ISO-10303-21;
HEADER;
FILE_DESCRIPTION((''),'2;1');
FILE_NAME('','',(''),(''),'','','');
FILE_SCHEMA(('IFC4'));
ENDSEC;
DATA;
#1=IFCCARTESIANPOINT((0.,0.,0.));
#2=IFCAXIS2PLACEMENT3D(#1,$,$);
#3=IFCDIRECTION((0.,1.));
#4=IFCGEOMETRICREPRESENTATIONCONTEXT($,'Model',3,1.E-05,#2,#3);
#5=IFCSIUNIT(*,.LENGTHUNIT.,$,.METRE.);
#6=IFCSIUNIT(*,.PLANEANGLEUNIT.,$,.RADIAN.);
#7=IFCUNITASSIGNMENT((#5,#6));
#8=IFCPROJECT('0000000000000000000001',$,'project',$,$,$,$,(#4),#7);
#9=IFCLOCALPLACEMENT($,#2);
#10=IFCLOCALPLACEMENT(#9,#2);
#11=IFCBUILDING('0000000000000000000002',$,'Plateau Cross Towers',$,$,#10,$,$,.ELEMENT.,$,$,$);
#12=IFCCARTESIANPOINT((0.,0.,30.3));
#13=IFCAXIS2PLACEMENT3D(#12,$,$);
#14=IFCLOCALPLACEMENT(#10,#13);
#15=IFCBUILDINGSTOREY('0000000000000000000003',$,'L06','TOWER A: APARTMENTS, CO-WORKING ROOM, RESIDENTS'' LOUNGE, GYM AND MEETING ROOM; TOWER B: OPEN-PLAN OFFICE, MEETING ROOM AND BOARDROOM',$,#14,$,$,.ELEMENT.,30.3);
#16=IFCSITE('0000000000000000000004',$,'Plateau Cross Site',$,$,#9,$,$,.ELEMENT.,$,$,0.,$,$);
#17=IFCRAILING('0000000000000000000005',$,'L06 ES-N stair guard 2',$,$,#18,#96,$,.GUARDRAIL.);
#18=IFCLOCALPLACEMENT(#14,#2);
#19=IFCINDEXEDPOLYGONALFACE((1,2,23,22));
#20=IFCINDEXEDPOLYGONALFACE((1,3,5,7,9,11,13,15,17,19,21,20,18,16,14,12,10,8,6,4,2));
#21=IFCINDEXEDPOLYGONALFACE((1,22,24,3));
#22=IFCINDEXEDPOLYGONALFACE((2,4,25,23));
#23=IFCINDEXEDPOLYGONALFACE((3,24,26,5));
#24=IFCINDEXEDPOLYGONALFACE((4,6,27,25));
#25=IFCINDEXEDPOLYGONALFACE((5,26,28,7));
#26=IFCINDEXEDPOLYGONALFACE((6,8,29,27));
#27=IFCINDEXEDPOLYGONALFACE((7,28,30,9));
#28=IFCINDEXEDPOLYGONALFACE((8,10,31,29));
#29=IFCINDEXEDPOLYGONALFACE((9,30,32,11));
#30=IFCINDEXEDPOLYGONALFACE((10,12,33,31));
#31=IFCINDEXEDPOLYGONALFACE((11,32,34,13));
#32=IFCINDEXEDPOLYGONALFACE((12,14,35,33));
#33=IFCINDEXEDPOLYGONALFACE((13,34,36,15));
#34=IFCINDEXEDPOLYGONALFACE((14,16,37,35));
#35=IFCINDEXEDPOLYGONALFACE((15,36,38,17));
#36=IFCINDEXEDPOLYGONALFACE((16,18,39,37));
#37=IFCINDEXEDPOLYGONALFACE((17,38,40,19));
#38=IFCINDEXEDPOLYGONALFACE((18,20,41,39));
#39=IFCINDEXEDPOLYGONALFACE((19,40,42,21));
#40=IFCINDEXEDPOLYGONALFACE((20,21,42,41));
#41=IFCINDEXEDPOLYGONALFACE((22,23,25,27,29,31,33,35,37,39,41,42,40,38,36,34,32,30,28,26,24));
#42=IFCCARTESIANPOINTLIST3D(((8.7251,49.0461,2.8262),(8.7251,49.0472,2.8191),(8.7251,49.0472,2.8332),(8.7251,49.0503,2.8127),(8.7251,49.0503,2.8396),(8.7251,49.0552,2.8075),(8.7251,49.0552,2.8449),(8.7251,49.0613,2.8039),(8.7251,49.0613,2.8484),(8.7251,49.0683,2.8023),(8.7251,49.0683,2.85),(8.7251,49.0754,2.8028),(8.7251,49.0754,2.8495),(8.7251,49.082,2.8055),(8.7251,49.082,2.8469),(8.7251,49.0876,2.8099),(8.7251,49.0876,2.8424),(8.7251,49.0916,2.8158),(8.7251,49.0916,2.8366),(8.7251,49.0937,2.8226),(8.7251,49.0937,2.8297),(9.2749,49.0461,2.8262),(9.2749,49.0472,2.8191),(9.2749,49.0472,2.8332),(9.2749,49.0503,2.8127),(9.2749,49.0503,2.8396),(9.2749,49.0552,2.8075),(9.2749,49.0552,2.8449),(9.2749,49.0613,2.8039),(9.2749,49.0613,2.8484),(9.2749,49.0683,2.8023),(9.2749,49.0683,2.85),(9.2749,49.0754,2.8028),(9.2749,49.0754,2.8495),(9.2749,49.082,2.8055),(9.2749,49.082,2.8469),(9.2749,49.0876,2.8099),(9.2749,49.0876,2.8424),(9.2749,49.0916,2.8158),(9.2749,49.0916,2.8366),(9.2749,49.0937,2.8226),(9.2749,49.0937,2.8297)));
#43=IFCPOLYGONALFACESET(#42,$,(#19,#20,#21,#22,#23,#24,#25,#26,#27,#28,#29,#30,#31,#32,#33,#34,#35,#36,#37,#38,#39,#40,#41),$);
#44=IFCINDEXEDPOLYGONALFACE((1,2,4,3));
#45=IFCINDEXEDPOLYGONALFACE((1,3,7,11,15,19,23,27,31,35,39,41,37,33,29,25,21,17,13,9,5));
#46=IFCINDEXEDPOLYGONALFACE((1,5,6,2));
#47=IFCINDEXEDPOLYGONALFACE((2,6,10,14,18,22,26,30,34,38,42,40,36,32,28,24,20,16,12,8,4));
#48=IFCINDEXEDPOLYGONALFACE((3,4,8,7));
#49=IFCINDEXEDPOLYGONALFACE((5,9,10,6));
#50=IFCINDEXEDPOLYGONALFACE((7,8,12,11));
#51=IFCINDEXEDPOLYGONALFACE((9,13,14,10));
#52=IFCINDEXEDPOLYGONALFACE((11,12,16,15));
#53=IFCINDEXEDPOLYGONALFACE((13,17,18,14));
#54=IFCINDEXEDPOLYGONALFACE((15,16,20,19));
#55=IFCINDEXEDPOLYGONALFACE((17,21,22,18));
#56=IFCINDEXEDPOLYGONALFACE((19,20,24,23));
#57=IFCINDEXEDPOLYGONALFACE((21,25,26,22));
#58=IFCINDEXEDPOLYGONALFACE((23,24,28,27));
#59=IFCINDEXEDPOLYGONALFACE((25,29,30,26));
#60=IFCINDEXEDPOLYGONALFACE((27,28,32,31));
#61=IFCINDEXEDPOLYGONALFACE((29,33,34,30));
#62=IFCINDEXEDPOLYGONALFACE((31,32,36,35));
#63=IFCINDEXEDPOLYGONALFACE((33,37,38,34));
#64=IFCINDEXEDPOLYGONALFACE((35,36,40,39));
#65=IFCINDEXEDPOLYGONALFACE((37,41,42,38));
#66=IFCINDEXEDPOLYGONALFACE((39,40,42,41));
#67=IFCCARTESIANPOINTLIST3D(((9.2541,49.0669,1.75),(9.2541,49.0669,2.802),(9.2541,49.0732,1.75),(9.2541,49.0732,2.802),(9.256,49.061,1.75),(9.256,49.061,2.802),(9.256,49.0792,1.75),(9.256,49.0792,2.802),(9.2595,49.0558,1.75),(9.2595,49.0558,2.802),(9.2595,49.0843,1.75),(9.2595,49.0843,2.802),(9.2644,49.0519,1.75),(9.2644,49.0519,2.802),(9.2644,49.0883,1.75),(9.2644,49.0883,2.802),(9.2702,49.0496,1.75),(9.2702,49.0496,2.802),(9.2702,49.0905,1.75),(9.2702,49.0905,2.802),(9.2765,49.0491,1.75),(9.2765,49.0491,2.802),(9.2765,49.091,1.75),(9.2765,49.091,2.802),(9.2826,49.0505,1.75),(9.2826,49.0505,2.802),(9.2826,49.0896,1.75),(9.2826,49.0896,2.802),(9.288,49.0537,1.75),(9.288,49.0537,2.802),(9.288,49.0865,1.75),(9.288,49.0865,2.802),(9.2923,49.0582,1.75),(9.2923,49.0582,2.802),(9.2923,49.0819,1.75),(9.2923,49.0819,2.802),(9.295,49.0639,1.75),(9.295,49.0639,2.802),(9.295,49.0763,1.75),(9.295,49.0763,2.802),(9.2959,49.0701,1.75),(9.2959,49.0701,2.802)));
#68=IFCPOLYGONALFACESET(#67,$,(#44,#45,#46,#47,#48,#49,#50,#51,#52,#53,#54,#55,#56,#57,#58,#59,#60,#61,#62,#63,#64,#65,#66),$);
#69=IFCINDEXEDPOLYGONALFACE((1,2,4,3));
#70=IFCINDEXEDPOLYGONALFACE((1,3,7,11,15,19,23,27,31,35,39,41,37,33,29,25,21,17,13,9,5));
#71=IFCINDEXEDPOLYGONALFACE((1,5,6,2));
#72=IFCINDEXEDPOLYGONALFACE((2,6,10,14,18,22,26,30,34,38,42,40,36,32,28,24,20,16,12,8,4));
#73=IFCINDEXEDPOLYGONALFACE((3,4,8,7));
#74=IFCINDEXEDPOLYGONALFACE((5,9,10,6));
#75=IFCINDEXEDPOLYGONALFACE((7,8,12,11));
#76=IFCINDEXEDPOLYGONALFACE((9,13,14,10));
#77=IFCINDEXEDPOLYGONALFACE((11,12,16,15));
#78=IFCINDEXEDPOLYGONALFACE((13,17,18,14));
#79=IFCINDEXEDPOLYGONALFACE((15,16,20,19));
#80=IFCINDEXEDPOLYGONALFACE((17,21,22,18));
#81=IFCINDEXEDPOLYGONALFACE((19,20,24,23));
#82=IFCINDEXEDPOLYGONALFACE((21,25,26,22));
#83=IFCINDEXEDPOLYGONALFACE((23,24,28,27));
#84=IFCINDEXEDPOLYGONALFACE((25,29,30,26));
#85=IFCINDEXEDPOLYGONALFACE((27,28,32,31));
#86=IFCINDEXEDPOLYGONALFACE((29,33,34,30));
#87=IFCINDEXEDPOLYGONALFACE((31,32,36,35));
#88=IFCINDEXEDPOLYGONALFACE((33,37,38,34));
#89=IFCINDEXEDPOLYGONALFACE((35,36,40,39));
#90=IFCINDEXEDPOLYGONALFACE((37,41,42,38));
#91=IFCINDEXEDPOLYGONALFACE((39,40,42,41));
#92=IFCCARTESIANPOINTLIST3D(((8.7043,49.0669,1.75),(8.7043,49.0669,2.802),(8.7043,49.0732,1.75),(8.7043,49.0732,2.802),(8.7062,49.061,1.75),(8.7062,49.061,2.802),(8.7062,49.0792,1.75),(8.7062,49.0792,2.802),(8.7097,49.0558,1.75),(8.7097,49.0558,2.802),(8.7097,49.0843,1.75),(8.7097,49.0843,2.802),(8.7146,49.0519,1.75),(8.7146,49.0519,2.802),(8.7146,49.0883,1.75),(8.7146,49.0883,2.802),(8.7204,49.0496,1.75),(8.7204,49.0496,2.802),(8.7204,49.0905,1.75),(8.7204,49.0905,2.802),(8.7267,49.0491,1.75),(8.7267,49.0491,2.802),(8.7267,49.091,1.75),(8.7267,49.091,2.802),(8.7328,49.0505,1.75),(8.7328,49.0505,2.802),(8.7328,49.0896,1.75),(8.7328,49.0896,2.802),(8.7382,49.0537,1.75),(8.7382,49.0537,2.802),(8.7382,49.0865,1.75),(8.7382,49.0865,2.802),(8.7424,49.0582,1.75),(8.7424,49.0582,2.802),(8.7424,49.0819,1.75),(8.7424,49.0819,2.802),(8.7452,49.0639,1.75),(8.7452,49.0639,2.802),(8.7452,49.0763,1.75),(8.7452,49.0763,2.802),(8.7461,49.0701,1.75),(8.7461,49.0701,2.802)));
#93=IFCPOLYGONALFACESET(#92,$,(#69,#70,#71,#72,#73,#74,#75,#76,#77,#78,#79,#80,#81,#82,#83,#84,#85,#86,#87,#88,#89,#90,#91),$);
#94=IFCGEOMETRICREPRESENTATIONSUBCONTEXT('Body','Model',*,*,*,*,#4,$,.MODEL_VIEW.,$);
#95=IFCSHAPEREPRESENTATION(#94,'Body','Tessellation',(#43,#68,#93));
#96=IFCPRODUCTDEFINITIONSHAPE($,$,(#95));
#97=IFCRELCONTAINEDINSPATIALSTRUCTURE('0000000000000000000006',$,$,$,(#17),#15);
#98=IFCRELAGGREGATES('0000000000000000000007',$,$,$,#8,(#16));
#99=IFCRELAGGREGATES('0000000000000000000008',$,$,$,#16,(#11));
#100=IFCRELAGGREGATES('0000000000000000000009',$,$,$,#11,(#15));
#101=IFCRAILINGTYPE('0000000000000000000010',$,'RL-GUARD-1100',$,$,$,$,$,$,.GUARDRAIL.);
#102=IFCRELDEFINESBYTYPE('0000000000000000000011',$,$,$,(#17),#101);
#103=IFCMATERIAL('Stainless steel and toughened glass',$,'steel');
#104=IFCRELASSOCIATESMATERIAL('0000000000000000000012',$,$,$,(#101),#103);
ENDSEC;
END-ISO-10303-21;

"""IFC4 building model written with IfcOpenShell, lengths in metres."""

from ifc_helpers import new_model, si_unit, direction, frame, origin, origin_2d, place, context, subcontext, project, spatial, circle, extrude, material, type_object, element, save


model = new_model("IFC4")

# Units and contexts
model_context = context("Model", 3, precision=1e-05, world=origin(), true_north=direction((0.0, 1.0)))
body_context = subcontext(model_context, "Body", "Model", "MODEL_VIEW")
ifc_project = project(units=[si_unit("LENGTHUNIT", "METRE"), si_unit("PLANEANGLEUNIT", "RADIAN")], contexts=[model_context])

# Site, building, storey
site_placement = place(None, origin())
site = spatial("IfcSite", under=ifc_project, at=site_placement, Name="Plateau Cross Site", CompositionType="ELEMENT", RefElevation=0.0)
building_placement = place(site_placement, origin())
building = spatial("IfcBuilding", under=site, at=building_placement, Name="Plateau Cross Towers", CompositionType="ELEMENT")
storey_placement = place(building_placement, frame((0.0, 0.0, 30.3)))
storey = spatial("IfcBuildingStorey", under=building, at=storey_placement, Name="L06", Description="TOWER A: APARTMENTS, CO-WORKING ROOM, RESIDENTS' LOUNGE, GYM AND MEETING ROOM; TOWER B: OPEN-PLAN OFFICE, MEETING ROOM AND BOARDROOM", CompositionType="ELEMENT", Elevation=30.3)

# Railing
ifc_material_1 = material(Name="Stainless steel and toughened glass", Category="steel")
railing_type_1 = type_object("IfcRailingType", Name="RL-GUARD-1100", PredefinedType="GUARDRAIL", material=ifc_material_1)
railing_1_placement = place(storey_placement, frame((9.2749, 49.0701, 1.75)))
element("IfcRailing", 1, at=railing_1_placement, inside=storey, type_object=railing_type_1, Name="L06 ES-N stair guard 2", PredefinedType="GUARDRAIL", context=body_context, shape_type="SweptSolid", body=[
    extrude(circle(Radius=0.0239, at=origin_2d()), frame((0.0, 0.0, 1.0762), z_axis=(-1.0, 0.0, 0.0), x_axis=(0.0, -1.0, 0.0)), (0.0, 0.0, 1.0), 0.5498),
    extrude(circle(Radius=0.021, at=origin_2d()), origin(), (0.0, 0.0, 1.0), 1.052),
    extrude(circle(Radius=0.021, at=origin_2d()), frame((-0.5498, 0.0, 0.0)), (0.0, 0.0, 1.0), 1.052),
])

save(model, "model.ifc")
